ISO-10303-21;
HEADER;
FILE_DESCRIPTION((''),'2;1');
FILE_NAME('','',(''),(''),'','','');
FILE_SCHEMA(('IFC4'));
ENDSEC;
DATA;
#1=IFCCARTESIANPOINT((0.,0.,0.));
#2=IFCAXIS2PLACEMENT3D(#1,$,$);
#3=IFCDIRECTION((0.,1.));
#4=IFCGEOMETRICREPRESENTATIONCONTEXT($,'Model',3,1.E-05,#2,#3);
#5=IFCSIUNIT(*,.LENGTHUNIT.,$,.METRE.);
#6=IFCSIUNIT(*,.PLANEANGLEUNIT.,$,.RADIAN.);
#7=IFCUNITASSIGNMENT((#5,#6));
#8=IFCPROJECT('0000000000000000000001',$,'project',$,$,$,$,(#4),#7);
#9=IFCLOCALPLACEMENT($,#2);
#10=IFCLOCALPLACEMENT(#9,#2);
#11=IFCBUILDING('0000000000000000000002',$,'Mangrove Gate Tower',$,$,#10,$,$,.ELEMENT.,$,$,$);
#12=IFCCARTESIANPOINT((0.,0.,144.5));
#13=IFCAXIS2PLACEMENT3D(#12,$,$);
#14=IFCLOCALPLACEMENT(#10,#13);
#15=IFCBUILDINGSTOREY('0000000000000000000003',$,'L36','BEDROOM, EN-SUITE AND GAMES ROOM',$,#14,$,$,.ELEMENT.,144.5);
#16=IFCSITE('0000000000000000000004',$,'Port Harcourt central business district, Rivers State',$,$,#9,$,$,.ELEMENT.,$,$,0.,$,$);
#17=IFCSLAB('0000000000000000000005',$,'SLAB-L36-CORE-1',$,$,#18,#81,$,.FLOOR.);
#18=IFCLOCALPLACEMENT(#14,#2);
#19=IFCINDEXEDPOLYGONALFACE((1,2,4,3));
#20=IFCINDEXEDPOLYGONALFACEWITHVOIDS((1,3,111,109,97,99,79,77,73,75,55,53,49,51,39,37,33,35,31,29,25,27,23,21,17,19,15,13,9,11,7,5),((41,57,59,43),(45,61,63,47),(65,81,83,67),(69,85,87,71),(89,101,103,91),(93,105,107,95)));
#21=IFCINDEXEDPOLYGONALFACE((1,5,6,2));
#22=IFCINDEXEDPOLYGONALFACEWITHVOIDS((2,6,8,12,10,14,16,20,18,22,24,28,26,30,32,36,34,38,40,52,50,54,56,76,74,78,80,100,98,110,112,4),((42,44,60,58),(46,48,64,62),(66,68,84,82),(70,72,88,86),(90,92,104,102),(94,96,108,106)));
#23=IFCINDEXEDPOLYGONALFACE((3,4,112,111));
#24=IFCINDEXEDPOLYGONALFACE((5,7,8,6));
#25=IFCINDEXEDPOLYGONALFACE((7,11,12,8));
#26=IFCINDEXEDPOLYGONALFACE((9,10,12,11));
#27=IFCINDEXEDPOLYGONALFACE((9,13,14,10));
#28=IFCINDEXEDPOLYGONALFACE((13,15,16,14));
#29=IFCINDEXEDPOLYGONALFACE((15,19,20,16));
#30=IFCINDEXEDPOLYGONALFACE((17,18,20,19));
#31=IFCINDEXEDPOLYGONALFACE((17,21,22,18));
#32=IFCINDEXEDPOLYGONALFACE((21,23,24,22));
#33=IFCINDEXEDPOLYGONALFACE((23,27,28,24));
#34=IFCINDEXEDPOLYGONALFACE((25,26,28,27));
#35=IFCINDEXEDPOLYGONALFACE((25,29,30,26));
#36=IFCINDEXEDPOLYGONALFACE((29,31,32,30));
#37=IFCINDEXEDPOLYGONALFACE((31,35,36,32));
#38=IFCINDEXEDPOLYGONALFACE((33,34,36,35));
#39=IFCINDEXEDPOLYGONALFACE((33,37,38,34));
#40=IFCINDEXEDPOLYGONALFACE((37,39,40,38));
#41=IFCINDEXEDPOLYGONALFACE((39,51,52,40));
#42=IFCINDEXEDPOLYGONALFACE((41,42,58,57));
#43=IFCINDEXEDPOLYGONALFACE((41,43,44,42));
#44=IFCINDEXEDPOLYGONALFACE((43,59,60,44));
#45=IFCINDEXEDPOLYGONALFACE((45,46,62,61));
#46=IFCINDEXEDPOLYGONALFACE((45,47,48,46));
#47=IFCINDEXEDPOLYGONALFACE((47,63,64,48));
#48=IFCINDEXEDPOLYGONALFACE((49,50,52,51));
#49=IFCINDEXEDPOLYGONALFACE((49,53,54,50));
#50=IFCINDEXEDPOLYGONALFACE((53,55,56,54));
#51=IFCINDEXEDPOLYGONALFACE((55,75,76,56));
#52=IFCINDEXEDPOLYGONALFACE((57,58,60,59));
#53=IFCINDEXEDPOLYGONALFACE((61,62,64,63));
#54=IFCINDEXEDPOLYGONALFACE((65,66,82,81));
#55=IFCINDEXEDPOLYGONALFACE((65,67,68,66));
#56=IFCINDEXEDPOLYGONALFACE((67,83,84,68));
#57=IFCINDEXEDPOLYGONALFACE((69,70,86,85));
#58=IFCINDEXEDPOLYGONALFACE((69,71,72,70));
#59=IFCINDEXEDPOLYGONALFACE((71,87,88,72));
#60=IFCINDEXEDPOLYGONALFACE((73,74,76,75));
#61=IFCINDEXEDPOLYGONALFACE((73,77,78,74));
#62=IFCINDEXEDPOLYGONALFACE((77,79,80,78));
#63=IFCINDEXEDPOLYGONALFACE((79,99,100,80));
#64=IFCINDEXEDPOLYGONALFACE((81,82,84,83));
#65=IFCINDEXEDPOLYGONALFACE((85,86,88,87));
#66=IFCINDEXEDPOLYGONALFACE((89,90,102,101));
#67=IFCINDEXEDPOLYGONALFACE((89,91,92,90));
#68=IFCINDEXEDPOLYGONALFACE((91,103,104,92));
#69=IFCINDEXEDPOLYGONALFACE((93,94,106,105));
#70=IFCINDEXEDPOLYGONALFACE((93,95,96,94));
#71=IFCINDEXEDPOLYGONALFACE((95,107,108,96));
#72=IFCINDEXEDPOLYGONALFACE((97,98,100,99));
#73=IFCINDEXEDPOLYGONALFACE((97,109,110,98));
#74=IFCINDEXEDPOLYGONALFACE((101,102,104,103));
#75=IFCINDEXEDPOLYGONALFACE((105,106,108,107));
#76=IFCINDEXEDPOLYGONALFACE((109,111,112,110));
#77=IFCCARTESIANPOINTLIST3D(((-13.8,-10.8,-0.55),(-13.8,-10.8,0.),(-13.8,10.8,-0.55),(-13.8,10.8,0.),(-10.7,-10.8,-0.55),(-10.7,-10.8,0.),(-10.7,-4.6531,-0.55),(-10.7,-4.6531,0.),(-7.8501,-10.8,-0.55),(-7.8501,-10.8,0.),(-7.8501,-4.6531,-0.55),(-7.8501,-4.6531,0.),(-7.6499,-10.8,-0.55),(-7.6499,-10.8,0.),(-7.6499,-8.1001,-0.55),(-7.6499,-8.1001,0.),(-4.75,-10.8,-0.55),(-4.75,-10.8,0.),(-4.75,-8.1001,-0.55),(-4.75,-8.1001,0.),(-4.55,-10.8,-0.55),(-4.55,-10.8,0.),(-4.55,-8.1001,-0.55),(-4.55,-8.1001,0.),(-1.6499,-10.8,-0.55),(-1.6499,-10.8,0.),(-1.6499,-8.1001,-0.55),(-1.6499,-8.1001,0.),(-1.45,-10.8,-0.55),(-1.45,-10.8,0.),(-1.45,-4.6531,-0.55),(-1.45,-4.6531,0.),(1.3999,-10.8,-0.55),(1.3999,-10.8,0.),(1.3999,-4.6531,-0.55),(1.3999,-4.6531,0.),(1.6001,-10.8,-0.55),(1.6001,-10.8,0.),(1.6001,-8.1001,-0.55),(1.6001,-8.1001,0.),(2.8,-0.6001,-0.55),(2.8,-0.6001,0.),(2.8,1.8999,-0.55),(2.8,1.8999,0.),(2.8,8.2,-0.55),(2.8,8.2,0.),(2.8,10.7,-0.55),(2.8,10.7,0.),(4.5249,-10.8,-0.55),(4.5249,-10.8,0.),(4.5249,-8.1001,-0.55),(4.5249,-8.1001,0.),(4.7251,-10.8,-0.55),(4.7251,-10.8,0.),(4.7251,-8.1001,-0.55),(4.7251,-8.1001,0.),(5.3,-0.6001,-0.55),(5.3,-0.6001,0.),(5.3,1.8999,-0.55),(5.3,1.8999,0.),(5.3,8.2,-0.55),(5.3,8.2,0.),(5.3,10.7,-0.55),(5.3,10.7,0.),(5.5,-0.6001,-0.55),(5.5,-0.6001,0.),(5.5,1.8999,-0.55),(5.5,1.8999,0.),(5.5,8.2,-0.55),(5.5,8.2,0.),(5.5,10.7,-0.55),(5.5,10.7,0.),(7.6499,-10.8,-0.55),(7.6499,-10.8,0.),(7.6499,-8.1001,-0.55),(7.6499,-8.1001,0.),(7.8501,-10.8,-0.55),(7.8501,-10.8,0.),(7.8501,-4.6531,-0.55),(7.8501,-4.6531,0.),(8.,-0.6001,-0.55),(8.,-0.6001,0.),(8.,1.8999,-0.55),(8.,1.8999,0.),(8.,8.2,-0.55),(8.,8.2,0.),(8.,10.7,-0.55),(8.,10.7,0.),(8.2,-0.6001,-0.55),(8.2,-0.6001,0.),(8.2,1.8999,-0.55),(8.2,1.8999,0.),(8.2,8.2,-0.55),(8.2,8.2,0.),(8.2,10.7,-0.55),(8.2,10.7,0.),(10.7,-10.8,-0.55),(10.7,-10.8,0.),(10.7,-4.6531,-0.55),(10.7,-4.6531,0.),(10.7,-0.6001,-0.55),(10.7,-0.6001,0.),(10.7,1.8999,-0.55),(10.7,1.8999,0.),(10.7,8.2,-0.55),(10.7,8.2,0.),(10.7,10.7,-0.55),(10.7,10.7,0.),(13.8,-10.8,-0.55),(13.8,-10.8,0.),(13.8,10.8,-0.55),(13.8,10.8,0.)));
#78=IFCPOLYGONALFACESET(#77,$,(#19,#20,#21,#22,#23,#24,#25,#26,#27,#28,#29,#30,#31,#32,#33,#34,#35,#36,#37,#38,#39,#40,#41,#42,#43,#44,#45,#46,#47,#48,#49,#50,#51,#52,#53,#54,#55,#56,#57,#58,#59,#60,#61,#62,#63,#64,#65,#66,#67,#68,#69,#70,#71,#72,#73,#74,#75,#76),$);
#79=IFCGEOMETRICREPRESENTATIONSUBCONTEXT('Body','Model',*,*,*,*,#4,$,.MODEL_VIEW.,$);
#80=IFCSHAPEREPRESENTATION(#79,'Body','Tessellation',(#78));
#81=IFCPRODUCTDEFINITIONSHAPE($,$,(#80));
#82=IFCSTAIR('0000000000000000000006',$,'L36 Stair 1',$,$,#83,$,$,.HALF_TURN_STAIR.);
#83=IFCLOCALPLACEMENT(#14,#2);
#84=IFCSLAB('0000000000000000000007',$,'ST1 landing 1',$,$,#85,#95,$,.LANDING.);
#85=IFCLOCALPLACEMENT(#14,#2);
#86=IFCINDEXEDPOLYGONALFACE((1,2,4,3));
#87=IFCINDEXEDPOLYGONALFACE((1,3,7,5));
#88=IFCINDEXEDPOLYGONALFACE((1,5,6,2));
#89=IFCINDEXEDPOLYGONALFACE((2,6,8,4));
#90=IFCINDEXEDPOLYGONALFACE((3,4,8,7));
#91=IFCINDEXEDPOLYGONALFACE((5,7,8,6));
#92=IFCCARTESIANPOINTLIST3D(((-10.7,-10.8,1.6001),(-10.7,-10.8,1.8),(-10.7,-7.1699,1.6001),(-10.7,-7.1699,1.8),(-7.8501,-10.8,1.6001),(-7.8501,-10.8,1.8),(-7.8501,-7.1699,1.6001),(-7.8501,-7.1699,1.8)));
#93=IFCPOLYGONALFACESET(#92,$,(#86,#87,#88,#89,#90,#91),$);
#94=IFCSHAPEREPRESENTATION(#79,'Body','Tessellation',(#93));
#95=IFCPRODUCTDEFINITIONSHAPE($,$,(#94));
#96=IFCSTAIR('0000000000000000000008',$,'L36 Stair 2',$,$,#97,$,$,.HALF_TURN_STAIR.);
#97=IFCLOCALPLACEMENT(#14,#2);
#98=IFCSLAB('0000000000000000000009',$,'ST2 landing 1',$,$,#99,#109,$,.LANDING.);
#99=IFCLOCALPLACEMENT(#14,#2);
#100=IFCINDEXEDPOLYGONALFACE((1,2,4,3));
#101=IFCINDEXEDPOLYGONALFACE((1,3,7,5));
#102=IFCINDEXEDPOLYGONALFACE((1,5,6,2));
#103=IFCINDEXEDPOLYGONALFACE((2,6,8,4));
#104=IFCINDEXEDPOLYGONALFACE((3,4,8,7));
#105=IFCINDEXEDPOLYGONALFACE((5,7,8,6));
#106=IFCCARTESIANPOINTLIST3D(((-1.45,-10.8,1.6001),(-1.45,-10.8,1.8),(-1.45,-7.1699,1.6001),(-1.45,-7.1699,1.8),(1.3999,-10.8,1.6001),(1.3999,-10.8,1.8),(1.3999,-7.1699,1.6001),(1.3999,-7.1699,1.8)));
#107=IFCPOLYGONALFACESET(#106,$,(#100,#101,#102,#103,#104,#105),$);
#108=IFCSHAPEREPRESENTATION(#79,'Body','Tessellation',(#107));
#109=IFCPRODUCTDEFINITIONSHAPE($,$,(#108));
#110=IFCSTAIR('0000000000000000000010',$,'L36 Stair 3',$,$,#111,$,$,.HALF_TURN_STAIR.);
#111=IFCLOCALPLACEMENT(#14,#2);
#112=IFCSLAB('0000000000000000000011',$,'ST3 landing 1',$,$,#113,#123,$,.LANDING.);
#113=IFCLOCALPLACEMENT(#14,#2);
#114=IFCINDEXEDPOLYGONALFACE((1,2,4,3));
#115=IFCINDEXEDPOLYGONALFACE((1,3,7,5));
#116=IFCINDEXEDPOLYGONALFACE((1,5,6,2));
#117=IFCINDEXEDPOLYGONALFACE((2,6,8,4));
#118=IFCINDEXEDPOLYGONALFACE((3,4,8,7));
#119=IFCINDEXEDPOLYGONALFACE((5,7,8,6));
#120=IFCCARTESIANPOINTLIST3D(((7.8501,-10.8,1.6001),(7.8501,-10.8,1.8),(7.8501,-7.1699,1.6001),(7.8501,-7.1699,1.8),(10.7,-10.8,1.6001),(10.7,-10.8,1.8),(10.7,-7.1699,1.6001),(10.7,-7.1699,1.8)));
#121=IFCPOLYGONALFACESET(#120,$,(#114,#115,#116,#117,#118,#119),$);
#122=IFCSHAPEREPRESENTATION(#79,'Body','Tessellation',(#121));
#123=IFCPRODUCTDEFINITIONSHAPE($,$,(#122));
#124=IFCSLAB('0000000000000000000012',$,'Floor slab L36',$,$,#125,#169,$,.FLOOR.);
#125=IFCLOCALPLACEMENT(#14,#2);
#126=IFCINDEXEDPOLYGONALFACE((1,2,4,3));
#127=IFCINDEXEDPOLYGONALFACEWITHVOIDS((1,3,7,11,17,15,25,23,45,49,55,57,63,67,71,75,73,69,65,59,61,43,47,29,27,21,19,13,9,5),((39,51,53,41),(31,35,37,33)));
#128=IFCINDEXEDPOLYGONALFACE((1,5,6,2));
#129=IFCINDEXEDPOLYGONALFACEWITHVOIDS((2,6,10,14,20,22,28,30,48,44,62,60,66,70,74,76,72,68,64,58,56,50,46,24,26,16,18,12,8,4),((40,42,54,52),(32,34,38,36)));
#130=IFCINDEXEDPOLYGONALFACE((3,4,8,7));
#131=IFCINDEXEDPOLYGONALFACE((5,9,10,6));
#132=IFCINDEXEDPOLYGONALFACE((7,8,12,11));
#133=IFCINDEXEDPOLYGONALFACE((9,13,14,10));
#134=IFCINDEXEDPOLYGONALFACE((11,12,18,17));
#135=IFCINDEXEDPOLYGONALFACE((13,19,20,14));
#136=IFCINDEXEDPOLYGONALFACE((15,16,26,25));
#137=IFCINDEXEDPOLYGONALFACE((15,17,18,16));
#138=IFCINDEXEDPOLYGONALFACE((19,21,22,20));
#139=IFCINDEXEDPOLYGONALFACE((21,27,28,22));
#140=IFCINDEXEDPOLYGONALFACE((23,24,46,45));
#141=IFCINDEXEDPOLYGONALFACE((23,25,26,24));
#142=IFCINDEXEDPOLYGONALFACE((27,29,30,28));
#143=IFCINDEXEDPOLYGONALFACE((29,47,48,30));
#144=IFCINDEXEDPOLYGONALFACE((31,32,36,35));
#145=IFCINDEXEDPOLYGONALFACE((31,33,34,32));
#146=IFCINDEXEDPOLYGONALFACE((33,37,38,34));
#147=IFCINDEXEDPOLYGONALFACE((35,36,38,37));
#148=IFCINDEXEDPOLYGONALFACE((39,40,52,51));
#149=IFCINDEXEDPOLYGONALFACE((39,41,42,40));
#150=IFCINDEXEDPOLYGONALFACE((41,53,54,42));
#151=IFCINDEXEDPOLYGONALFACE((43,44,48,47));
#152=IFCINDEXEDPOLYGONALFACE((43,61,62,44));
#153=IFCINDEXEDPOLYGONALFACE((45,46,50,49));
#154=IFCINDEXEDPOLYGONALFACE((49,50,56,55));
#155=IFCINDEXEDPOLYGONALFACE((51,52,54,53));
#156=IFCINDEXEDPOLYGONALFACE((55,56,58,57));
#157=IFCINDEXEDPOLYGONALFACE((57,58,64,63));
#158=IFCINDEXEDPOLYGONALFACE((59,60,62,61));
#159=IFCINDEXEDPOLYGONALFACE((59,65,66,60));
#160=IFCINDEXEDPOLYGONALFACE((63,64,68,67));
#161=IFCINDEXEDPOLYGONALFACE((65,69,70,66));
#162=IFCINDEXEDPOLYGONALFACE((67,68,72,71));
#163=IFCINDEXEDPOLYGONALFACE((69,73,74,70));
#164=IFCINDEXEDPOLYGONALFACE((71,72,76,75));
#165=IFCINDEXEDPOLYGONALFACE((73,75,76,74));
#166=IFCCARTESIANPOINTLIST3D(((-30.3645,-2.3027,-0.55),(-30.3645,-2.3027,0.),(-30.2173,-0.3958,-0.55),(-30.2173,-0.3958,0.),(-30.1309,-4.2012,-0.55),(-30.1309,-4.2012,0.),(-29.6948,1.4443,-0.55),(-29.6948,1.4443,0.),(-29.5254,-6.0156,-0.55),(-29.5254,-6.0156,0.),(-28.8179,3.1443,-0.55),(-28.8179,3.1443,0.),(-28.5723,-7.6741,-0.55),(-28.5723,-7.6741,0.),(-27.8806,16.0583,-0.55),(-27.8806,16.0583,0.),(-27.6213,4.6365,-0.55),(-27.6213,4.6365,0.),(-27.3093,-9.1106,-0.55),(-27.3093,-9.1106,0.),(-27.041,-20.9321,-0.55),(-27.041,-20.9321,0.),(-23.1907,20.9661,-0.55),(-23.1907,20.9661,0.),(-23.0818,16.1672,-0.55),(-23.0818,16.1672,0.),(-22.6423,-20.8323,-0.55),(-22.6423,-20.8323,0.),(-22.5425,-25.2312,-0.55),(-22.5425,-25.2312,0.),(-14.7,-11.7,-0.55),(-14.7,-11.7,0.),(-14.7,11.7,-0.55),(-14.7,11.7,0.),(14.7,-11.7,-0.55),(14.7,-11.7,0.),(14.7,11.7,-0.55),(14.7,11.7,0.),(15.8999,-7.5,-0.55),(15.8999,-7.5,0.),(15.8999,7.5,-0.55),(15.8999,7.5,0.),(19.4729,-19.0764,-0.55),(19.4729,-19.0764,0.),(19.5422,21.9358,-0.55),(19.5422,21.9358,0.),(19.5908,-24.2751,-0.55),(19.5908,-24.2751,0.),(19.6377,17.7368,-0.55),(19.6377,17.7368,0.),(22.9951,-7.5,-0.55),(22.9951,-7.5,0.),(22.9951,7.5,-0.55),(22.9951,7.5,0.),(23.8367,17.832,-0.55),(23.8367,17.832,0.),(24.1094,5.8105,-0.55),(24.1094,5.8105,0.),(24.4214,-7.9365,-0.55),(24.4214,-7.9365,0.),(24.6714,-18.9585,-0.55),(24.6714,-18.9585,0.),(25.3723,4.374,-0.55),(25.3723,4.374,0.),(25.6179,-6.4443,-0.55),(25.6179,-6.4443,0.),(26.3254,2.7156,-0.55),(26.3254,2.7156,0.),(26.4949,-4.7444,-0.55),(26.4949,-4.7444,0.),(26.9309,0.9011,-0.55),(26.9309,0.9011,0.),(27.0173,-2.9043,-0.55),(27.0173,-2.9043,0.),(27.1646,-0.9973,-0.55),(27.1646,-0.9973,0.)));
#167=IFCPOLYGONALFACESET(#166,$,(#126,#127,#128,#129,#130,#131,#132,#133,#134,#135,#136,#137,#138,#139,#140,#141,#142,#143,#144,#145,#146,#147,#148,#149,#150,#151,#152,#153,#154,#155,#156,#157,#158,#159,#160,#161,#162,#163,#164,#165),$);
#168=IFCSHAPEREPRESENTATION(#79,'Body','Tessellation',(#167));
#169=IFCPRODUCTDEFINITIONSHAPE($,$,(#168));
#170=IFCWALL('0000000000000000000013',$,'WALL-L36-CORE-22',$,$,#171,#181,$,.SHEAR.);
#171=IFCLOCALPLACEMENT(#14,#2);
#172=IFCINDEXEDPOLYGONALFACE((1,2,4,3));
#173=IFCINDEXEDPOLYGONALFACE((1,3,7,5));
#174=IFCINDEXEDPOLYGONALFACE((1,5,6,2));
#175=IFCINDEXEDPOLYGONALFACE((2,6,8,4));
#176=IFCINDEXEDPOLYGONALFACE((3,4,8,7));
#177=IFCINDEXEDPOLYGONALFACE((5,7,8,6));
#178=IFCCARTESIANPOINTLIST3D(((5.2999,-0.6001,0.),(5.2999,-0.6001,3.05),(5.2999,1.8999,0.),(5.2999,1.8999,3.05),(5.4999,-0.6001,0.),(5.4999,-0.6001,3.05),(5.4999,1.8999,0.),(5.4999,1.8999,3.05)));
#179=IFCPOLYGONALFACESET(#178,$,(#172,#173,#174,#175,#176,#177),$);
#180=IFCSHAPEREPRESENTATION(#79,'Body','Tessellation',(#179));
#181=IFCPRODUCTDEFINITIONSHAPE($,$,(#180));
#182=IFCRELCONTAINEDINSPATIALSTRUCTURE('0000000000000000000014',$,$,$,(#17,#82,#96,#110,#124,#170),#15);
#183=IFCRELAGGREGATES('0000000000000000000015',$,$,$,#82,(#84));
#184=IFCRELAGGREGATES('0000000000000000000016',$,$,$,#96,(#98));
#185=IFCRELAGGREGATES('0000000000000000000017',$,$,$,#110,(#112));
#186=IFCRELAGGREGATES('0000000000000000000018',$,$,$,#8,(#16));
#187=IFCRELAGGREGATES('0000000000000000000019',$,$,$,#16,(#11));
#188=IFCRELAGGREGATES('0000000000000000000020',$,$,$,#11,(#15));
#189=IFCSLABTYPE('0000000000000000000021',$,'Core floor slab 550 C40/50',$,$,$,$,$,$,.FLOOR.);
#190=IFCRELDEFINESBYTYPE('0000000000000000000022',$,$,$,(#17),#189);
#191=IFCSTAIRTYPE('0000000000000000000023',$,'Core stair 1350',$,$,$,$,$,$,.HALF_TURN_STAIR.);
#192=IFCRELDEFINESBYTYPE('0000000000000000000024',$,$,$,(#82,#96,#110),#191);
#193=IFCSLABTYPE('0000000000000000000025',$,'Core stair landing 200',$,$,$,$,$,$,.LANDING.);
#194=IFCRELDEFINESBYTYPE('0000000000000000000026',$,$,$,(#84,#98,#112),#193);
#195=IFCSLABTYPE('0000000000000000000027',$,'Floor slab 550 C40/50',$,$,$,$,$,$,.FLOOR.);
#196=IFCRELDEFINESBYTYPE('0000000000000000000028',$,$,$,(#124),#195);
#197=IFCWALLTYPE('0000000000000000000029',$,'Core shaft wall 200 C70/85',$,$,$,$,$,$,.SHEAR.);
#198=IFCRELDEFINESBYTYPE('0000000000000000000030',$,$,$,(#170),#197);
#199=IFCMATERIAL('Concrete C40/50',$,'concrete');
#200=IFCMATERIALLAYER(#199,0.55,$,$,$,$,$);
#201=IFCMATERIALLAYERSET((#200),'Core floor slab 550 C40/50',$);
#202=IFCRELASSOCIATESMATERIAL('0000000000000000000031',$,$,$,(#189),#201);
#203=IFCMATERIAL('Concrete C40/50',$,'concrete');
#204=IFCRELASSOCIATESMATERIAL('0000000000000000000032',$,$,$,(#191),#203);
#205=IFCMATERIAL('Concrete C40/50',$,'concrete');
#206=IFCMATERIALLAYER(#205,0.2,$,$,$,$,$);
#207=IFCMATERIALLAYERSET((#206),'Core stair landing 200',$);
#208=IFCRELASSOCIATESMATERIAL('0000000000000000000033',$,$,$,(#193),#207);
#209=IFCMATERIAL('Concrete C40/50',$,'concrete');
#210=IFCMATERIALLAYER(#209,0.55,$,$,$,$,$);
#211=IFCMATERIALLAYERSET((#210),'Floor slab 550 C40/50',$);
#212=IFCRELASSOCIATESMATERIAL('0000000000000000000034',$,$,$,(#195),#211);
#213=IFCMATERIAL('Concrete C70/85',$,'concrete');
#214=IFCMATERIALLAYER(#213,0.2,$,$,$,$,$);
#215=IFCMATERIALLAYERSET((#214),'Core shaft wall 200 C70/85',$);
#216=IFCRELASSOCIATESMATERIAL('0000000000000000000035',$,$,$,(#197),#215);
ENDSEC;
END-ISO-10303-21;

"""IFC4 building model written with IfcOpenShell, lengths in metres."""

from ifc_helpers import new_model, si_unit, direction, frame, frame_2d, origin, place, context, subcontext, project, spatial, polyline, rectangle, outline, extrude, material, layer, layer_set, type_object, element, aggregate, save


model = new_model("IFC4")

# Units and contexts
model_context = context("Model", 3, precision=1e-05, world=origin(), true_north=direction((0.0, 1.0)))
body_context = subcontext(model_context, "Body", "Model", "MODEL_VIEW")
ifc_project = project(units=[si_unit("LENGTHUNIT", "METRE"), si_unit("PLANEANGLEUNIT", "RADIAN")], contexts=[model_context])

# Site, building, storey
site_placement = place(None, origin())
site = spatial("IfcSite", under=ifc_project, at=site_placement, Name="Port Harcourt central business district, Rivers State", CompositionType="ELEMENT", RefElevation=0.0)
building_placement = place(site_placement, origin())
building = spatial("IfcBuilding", under=site, at=building_placement, Name="Mangrove Gate Tower", CompositionType="ELEMENT")
storey_placement = place(building_placement, frame((0.0, 0.0, 144.5)))
storey = spatial("IfcBuildingStorey", under=building, at=storey_placement, Name="L36", Description="BEDROOM, EN-SUITE AND GAMES ROOM", CompositionType="ELEMENT", Elevation=144.5)

# Slab
ifc_material_1 = material(Name="Concrete C40/50", Category="concrete")
ifc_layer_1 = layer(ifc_material_1, 0.55)
ifc_layer_set_1 = layer_set([ifc_layer_1], Name="Core floor slab 550 C40/50")
slab_type_1 = type_object("IfcSlabType", Name="Core floor slab 550 C40/50", PredefinedType="FLOOR", material=ifc_layer_set_1)
slab_1_placement = place(storey_placement, frame((0.0, 0.0, -0.55)))
element("IfcSlab", 1, at=slab_1_placement, inside=storey, type_object=slab_type_1, Name="SLAB-L36-CORE-1", PredefinedType="FLOOR", context=body_context, shape_type="SweptSolid", body=[
    extrude(outline(polyline([(-13.8, -10.8), (-13.8, 10.8), (13.8, 10.8), (13.8, -10.8), (10.7, -10.8), (10.7, -4.6531), (7.8501, -4.6531), (7.8501, -10.8), (7.6499, -10.8), (7.6499, -8.1001), (4.7251, -8.1001), (4.7251, -10.8), (4.5249, -10.8), (4.5249, -8.1001), (1.6001, -8.1001), (1.6001, -10.8), (1.3999, -10.8), (1.3999, -4.6531), (-1.45, -4.6531), (-1.45, -10.8), (-1.6499, -10.8), (-1.6499, -8.1001), (-4.55, -8.1001), (-4.55, -10.8), (-4.75, -10.8), (-4.75, -8.1001), (-7.6499, -8.1001), (-7.6499, -10.8), (-7.8501, -10.8), (-7.8501, -4.6531), (-10.7, -4.6531), (-10.7, -10.8), (-13.8, -10.8)]), holes=[polyline([(5.3, -0.6001), (5.3, 1.8999), (2.8, 1.8999), (2.8, -0.6001), (5.3, -0.6001)]), polyline([(5.3, 10.7), (2.8, 10.7), (2.8, 8.2), (5.3, 8.2), (5.3, 10.7)]), polyline([(8.0, -0.6001), (8.0, 1.8999), (5.5, 1.8999), (5.5, -0.6001), (8.0, -0.6001)]), polyline([(10.7, -0.6001), (10.7, 1.8999), (8.2, 1.8999), (8.2, -0.6001), (10.7, -0.6001)]), polyline([(8.0, 8.2), (8.0, 10.7), (5.5, 10.7), (5.5, 8.2), (8.0, 8.2)]), polyline([(10.7, 8.2), (10.7, 10.7), (8.2, 10.7), (8.2, 8.2), (10.7, 8.2)])]), origin(), (0.0, 0.0, 1.0), 0.55),
])

# Stairs, slabs
ifc_material_2 = material(Name="Concrete C40/50", Category="concrete")
stair_type = type_object("IfcStairType", Name="Core stair 1350", PredefinedType="HALF_TURN_STAIR", material=ifc_material_2)
stair_1_placement = place(storey_placement, origin())
stair_1 = element("IfcStair", 2, at=stair_1_placement, inside=storey, type_object=stair_type, Name="L36 Stair 1", PredefinedType="HALF_TURN_STAIR")
ifc_material_3 = material(Name="Concrete C40/50", Category="concrete")
ifc_layer_2 = layer(ifc_material_3, 0.2)
ifc_layer_set_2 = layer_set([ifc_layer_2], Name="Core stair landing 200")
slab_type_2 = type_object("IfcSlabType", Name="Core stair landing 200", PredefinedType="LANDING", material=ifc_layer_set_2)
slab_2_placement = place(storey_placement, frame((0.0, 0.0, 1.6001)))
slab_2 = element("IfcSlab", 3, at=slab_2_placement, type_object=slab_type_2, Name="ST1 landing 1", PredefinedType="LANDING", context=body_context, shape_type="SweptSolid", body=[
    extrude(outline(polyline([(-10.7, -7.1699), (-10.7, -10.8), (-7.8501, -10.8), (-7.8501, -7.1699), (-10.7, -7.1699)])), origin(), (0.0, 0.0, 1.0), 0.2),
])
aggregate(stair_1, [slab_2])
stair_2_placement = place(storey_placement, origin())
stair_2 = element("IfcStair", 4, at=stair_2_placement, inside=storey, type_object=stair_type, Name="L36 Stair 2", PredefinedType="HALF_TURN_STAIR")
slab_3_placement = place(storey_placement, frame((0.0, 0.0, 1.6001)))
slab_3 = element("IfcSlab", 5, at=slab_3_placement, type_object=slab_type_2, Name="ST2 landing 1", PredefinedType="LANDING", context=body_context, shape_type="SweptSolid", body=[
    extrude(outline(polyline([(-1.45, -7.1699), (-1.45, -10.8), (1.3999, -10.8), (1.3999, -7.1699), (-1.45, -7.1699)])), origin(), (0.0, 0.0, 1.0), 0.2),
])
aggregate(stair_2, [slab_3])
stair_3_placement = place(storey_placement, origin())
stair_3 = element("IfcStair", 6, at=stair_3_placement, inside=storey, type_object=stair_type, Name="L36 Stair 3", PredefinedType="HALF_TURN_STAIR")
slab_4_placement = place(storey_placement, frame((0.0, 0.0, 1.6001)))
slab_4 = element("IfcSlab", 7, at=slab_4_placement, type_object=slab_type_2, Name="ST3 landing 1", PredefinedType="LANDING", context=body_context, shape_type="SweptSolid", body=[
    extrude(outline(polyline([(7.8501, -7.1699), (7.8501, -10.8), (10.7, -10.8), (10.7, -7.1699), (7.8501, -7.1699)])), origin(), (0.0, 0.0, 1.0), 0.2),
])
aggregate(stair_3, [slab_4])

# Slab
ifc_material_4 = material(Name="Concrete C40/50", Category="concrete")
ifc_layer_3 = layer(ifc_material_4, 0.55)
ifc_layer_set_3 = layer_set([ifc_layer_3], Name="Floor slab 550 C40/50")
slab_type_3 = type_object("IfcSlabType", Name="Floor slab 550 C40/50", PredefinedType="FLOOR", material=ifc_layer_set_3)
slab_5_placement = place(storey_placement, frame((0.0, 0.0, -0.55)))
element("IfcSlab", 8, at=slab_5_placement, inside=storey, type_object=slab_type_3, Name="Floor slab L36", PredefinedType="FLOOR", context=body_context, shape_type="SweptSolid", body=[
    extrude(outline(polyline([(-22.5425, -25.2312), (19.5908, -24.2751), (19.4729, -19.0764), (24.6714, -18.9585), (24.4214, -7.9365), (25.6179, -6.4443), (26.4949, -4.7444), (27.0173, -2.9043), (27.1646, -0.9973), (26.9309, 0.9011), (26.3254, 2.7156), (25.3723, 4.374), (24.1094, 5.8105), (23.8367, 17.832), (19.6377, 17.7368), (19.5422, 21.9358), (-23.1907, 20.9661), (-23.0818, 16.1672), (-27.8806, 16.0583), (-27.6213, 4.6365), (-28.8179, 3.1443), (-29.6948, 1.4443), (-30.2173, -0.3958), (-30.3645, -2.3027), (-30.1309, -4.2012), (-29.5254, -6.0156), (-28.5723, -7.6741), (-27.3093, -9.1106), (-27.041, -20.9321), (-22.6423, -20.8323), (-22.5425, -25.2312)]), holes=[polyline([(15.8999, 7.5), (22.9951, 7.5), (22.9951, -7.5), (15.8999, -7.5), (15.8999, 7.5)]), polyline([(-14.7, -11.7), (-14.7, 11.7), (14.7, 11.7), (14.7, -11.7), (-14.7, -11.7)])]), origin(), (0.0, 0.0, 1.0), 0.55),
])

# Wall
ifc_material_5 = material(Name="Concrete C70/85", Category="concrete")
ifc_layer_4 = layer(ifc_material_5, 0.2)
ifc_layer_set_4 = layer_set([ifc_layer_4], Name="Core shaft wall 200 C70/85")
wall_type = type_object("IfcWallType", Name="Core shaft wall 200 C70/85", PredefinedType="SHEAR", material=ifc_layer_set_4)
for number, where, z_axis, x_axis, name in (
    (9, (5.3999, -0.6001, 0.0), (0.0, 0.0, 1.0), (0.0, 1.0, 0.0), "WALL-L36-CORE-22"),
):
    element("IfcWall", number, at=place(storey_placement, frame(where, z_axis=z_axis, x_axis=x_axis)), inside=storey, type_object=wall_type, Name=name, PredefinedType="SHEAR", context=body_context, shape_type="SweptSolid", body=[
        extrude(rectangle(XDim=2.5, YDim=0.2, at=frame_2d((1.25, 0.0))), origin(), (0.0, 0.0, 1.0), 3.05),
    ])

save(model, "model.ifc")
